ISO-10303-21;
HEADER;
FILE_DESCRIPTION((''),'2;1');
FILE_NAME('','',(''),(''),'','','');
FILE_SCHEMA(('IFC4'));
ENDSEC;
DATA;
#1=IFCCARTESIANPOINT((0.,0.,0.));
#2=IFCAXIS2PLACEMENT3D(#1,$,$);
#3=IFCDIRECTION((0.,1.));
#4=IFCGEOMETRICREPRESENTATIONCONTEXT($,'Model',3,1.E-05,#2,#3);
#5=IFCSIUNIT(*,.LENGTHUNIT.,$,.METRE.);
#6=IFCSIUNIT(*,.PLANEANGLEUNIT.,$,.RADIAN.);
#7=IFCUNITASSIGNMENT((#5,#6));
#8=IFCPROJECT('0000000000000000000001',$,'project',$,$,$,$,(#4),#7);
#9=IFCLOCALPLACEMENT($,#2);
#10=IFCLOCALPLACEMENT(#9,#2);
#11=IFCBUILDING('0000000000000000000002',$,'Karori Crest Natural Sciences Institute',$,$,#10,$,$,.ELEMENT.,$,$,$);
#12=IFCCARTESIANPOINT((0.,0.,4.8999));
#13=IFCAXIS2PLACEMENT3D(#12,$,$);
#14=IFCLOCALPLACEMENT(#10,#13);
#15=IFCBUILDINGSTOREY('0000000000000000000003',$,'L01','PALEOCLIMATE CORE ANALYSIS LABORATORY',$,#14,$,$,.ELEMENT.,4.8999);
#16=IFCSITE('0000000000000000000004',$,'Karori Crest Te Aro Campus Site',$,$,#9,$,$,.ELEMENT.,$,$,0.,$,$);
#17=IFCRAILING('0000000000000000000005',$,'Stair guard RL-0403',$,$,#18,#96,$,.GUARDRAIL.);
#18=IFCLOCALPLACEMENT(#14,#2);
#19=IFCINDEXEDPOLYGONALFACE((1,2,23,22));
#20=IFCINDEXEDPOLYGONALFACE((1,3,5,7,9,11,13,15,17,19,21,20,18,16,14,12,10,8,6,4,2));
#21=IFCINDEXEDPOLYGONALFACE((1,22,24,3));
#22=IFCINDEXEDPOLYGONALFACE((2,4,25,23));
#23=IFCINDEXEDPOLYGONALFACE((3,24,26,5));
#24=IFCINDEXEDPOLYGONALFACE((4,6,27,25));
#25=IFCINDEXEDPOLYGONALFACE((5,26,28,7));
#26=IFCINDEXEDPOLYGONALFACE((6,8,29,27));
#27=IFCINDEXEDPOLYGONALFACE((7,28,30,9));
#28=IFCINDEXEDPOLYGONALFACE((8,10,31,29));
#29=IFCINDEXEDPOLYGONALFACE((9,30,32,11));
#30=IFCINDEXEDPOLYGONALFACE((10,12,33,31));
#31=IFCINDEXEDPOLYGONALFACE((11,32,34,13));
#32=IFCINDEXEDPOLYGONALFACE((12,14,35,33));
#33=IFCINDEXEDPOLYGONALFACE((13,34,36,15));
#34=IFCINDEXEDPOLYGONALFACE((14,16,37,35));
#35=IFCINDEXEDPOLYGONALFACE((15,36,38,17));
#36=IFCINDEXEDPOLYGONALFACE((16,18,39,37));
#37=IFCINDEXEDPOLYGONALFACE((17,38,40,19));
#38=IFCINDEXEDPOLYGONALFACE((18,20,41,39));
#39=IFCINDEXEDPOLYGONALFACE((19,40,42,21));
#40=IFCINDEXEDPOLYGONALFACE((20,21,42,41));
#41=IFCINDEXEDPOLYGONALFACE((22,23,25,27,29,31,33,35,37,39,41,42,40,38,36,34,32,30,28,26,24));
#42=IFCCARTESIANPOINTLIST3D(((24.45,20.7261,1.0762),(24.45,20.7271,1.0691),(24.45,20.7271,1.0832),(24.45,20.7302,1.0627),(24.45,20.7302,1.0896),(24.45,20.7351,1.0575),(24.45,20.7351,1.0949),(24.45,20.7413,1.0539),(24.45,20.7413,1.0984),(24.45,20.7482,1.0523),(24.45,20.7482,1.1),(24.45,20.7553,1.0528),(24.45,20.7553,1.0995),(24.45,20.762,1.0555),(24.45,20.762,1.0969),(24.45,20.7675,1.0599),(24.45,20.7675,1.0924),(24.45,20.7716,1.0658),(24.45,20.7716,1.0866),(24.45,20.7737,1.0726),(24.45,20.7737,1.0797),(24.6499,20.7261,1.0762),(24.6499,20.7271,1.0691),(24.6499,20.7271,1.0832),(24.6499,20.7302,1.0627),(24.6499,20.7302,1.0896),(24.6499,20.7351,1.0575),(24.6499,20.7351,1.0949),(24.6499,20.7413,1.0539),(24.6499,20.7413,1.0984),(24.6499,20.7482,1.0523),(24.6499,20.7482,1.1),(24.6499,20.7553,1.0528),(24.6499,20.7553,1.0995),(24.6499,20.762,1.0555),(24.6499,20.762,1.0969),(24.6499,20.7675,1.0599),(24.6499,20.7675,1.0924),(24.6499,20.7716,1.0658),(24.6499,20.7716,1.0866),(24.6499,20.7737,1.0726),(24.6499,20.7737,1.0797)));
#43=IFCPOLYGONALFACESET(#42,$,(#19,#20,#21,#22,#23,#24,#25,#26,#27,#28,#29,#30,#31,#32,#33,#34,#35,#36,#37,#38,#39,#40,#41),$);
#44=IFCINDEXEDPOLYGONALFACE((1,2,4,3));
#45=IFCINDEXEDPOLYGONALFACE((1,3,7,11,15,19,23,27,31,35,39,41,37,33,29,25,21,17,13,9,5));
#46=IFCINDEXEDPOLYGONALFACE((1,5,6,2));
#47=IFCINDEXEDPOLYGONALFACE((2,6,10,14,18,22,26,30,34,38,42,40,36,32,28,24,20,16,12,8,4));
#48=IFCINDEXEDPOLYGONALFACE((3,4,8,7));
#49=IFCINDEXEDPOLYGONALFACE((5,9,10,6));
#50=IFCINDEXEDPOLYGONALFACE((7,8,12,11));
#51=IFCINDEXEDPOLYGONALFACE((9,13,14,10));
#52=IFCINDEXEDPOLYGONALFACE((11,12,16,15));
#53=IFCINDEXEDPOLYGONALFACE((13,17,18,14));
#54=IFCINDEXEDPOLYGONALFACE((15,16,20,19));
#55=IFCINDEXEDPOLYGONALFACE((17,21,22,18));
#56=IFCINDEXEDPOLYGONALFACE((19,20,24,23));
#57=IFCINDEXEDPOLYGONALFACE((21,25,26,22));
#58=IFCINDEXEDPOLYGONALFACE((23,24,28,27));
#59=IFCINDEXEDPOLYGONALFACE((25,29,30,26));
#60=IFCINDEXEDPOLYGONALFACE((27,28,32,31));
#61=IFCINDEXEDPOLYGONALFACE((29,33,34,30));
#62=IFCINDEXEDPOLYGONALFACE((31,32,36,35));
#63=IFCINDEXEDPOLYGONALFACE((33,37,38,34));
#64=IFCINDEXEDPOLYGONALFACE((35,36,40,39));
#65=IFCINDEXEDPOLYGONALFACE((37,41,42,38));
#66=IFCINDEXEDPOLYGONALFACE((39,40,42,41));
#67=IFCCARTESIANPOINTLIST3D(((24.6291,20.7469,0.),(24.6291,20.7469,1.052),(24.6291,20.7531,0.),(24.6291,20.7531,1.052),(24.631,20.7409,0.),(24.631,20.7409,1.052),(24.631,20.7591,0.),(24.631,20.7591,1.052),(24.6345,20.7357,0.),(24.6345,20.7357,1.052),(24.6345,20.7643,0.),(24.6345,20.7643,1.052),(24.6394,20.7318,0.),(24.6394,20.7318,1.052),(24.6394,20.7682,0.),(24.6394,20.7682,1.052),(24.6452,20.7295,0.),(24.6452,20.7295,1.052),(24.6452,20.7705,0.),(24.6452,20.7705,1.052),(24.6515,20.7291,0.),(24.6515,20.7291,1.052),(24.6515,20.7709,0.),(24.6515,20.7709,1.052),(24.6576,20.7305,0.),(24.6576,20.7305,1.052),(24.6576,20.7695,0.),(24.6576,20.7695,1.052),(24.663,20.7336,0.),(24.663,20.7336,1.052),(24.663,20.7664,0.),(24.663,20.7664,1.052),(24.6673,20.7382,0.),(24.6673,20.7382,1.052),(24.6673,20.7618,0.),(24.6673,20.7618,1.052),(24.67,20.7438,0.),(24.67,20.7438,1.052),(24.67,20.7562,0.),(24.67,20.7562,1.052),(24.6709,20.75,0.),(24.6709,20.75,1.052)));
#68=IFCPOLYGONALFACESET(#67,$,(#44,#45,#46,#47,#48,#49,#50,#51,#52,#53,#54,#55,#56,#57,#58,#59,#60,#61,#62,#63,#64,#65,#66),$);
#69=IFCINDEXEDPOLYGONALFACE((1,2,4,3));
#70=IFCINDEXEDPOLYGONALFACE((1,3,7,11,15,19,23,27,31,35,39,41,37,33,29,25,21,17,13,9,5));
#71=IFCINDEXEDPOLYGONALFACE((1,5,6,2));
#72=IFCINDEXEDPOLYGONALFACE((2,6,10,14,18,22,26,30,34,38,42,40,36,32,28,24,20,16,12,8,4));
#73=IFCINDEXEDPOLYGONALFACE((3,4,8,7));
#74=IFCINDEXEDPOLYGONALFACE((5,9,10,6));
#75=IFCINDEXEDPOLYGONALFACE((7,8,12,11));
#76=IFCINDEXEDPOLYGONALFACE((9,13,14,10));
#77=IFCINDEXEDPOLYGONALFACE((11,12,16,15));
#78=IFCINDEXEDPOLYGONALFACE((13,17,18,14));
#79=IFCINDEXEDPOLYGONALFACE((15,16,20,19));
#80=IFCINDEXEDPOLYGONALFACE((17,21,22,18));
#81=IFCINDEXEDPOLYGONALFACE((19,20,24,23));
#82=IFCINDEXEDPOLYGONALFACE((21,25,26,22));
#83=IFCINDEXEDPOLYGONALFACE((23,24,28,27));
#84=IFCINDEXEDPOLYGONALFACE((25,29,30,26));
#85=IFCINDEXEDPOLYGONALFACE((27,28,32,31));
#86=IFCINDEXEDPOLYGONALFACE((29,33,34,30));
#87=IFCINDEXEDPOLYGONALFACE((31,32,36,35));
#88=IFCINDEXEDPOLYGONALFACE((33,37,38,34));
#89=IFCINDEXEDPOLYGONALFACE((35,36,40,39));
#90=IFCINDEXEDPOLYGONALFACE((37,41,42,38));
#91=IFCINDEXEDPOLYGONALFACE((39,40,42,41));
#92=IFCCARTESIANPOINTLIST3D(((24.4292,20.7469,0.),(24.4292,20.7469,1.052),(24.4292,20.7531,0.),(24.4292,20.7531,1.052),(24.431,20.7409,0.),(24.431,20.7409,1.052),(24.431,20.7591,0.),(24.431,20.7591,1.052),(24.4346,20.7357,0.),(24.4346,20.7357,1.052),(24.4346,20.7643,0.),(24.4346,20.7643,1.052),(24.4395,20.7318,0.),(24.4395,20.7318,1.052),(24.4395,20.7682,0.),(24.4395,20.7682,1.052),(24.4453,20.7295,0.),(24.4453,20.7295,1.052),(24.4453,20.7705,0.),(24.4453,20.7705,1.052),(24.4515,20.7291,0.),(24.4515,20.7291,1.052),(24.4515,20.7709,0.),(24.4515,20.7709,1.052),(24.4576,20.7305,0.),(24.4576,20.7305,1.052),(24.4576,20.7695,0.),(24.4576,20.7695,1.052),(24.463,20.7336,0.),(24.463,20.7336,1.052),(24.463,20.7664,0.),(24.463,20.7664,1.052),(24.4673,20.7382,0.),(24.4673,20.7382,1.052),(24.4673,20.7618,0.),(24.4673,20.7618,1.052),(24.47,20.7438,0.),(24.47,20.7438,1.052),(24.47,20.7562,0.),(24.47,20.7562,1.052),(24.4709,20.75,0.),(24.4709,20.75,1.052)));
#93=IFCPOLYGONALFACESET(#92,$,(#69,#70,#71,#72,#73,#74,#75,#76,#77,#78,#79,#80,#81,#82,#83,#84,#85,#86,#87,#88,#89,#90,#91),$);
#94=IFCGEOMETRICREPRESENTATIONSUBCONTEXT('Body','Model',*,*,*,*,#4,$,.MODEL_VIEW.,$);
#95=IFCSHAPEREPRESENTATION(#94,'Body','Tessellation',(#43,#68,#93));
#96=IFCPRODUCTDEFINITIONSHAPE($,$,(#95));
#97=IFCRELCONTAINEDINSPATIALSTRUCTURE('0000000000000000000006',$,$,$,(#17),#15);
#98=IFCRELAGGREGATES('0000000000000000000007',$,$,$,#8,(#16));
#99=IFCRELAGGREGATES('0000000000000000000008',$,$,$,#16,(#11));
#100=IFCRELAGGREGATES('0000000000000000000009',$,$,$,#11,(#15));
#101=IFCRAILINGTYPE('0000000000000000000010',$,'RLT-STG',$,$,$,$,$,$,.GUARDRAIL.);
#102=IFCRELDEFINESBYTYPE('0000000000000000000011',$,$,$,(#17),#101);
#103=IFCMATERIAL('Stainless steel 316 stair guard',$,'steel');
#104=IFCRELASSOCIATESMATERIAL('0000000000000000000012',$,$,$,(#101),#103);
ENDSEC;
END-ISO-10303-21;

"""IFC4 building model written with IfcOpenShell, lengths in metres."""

from ifc_helpers import new_model, si_unit, direction, frame, origin, origin_2d, place, context, subcontext, project, spatial, circle, extrude, material, type_object, element, save


model = new_model("IFC4")

# Units and contexts
model_context = context("Model", 3, precision=1e-05, world=origin(), true_north=direction((0.0, 1.0)))
body_context = subcontext(model_context, "Body", "Model", "MODEL_VIEW")
ifc_project = project(units=[si_unit("LENGTHUNIT", "METRE"), si_unit("PLANEANGLEUNIT", "RADIAN")], contexts=[model_context])

# Site, building, storey
site_placement = place(None, origin())
site = spatial("IfcSite", under=ifc_project, at=site_placement, Name="Karori Crest Te Aro Campus Site", CompositionType="ELEMENT", RefElevation=0.0)
building_placement = place(site_placement, origin())
building = spatial("IfcBuilding", under=site, at=building_placement, Name="Karori Crest Natural Sciences Institute", CompositionType="ELEMENT")
storey_placement = place(building_placement, frame((0.0, 0.0, 4.8999)))
storey = spatial("IfcBuildingStorey", under=building, at=storey_placement, Name="L01", Description="PALEOCLIMATE CORE ANALYSIS LABORATORY", CompositionType="ELEMENT", Elevation=4.8999)

# Railing
ifc_material_1 = material(Name="Stainless steel 316 stair guard", Category="steel")
railing_type_1 = type_object("IfcRailingType", Name="RLT-STG", PredefinedType="GUARDRAIL", material=ifc_material_1)
railing_1_placement = place(storey_placement, frame((24.6499, 20.75, 0.0)))
element("IfcRailing", 1, at=railing_1_placement, inside=storey, type_object=railing_type_1, Name="Stair guard RL-0403", PredefinedType="GUARDRAIL", context=body_context, shape_type="SweptSolid", body=[
    extrude(circle(Radius=0.0239, at=origin_2d()), frame((0.0, 0.0, 1.0762), z_axis=(-1.0, 0.0, 0.0), x_axis=(0.0, -1.0, 0.0)), (0.0, 0.0, 1.0), 0.2),
    extrude(circle(Radius=0.021, at=origin_2d()), origin(), (0.0, 0.0, 1.0), 1.052),
    extrude(circle(Radius=0.021, at=origin_2d()), frame((-0.2, 0.0, 0.0)), (0.0, 0.0, 1.0), 1.052),
])

save(model, "model.ifc")
